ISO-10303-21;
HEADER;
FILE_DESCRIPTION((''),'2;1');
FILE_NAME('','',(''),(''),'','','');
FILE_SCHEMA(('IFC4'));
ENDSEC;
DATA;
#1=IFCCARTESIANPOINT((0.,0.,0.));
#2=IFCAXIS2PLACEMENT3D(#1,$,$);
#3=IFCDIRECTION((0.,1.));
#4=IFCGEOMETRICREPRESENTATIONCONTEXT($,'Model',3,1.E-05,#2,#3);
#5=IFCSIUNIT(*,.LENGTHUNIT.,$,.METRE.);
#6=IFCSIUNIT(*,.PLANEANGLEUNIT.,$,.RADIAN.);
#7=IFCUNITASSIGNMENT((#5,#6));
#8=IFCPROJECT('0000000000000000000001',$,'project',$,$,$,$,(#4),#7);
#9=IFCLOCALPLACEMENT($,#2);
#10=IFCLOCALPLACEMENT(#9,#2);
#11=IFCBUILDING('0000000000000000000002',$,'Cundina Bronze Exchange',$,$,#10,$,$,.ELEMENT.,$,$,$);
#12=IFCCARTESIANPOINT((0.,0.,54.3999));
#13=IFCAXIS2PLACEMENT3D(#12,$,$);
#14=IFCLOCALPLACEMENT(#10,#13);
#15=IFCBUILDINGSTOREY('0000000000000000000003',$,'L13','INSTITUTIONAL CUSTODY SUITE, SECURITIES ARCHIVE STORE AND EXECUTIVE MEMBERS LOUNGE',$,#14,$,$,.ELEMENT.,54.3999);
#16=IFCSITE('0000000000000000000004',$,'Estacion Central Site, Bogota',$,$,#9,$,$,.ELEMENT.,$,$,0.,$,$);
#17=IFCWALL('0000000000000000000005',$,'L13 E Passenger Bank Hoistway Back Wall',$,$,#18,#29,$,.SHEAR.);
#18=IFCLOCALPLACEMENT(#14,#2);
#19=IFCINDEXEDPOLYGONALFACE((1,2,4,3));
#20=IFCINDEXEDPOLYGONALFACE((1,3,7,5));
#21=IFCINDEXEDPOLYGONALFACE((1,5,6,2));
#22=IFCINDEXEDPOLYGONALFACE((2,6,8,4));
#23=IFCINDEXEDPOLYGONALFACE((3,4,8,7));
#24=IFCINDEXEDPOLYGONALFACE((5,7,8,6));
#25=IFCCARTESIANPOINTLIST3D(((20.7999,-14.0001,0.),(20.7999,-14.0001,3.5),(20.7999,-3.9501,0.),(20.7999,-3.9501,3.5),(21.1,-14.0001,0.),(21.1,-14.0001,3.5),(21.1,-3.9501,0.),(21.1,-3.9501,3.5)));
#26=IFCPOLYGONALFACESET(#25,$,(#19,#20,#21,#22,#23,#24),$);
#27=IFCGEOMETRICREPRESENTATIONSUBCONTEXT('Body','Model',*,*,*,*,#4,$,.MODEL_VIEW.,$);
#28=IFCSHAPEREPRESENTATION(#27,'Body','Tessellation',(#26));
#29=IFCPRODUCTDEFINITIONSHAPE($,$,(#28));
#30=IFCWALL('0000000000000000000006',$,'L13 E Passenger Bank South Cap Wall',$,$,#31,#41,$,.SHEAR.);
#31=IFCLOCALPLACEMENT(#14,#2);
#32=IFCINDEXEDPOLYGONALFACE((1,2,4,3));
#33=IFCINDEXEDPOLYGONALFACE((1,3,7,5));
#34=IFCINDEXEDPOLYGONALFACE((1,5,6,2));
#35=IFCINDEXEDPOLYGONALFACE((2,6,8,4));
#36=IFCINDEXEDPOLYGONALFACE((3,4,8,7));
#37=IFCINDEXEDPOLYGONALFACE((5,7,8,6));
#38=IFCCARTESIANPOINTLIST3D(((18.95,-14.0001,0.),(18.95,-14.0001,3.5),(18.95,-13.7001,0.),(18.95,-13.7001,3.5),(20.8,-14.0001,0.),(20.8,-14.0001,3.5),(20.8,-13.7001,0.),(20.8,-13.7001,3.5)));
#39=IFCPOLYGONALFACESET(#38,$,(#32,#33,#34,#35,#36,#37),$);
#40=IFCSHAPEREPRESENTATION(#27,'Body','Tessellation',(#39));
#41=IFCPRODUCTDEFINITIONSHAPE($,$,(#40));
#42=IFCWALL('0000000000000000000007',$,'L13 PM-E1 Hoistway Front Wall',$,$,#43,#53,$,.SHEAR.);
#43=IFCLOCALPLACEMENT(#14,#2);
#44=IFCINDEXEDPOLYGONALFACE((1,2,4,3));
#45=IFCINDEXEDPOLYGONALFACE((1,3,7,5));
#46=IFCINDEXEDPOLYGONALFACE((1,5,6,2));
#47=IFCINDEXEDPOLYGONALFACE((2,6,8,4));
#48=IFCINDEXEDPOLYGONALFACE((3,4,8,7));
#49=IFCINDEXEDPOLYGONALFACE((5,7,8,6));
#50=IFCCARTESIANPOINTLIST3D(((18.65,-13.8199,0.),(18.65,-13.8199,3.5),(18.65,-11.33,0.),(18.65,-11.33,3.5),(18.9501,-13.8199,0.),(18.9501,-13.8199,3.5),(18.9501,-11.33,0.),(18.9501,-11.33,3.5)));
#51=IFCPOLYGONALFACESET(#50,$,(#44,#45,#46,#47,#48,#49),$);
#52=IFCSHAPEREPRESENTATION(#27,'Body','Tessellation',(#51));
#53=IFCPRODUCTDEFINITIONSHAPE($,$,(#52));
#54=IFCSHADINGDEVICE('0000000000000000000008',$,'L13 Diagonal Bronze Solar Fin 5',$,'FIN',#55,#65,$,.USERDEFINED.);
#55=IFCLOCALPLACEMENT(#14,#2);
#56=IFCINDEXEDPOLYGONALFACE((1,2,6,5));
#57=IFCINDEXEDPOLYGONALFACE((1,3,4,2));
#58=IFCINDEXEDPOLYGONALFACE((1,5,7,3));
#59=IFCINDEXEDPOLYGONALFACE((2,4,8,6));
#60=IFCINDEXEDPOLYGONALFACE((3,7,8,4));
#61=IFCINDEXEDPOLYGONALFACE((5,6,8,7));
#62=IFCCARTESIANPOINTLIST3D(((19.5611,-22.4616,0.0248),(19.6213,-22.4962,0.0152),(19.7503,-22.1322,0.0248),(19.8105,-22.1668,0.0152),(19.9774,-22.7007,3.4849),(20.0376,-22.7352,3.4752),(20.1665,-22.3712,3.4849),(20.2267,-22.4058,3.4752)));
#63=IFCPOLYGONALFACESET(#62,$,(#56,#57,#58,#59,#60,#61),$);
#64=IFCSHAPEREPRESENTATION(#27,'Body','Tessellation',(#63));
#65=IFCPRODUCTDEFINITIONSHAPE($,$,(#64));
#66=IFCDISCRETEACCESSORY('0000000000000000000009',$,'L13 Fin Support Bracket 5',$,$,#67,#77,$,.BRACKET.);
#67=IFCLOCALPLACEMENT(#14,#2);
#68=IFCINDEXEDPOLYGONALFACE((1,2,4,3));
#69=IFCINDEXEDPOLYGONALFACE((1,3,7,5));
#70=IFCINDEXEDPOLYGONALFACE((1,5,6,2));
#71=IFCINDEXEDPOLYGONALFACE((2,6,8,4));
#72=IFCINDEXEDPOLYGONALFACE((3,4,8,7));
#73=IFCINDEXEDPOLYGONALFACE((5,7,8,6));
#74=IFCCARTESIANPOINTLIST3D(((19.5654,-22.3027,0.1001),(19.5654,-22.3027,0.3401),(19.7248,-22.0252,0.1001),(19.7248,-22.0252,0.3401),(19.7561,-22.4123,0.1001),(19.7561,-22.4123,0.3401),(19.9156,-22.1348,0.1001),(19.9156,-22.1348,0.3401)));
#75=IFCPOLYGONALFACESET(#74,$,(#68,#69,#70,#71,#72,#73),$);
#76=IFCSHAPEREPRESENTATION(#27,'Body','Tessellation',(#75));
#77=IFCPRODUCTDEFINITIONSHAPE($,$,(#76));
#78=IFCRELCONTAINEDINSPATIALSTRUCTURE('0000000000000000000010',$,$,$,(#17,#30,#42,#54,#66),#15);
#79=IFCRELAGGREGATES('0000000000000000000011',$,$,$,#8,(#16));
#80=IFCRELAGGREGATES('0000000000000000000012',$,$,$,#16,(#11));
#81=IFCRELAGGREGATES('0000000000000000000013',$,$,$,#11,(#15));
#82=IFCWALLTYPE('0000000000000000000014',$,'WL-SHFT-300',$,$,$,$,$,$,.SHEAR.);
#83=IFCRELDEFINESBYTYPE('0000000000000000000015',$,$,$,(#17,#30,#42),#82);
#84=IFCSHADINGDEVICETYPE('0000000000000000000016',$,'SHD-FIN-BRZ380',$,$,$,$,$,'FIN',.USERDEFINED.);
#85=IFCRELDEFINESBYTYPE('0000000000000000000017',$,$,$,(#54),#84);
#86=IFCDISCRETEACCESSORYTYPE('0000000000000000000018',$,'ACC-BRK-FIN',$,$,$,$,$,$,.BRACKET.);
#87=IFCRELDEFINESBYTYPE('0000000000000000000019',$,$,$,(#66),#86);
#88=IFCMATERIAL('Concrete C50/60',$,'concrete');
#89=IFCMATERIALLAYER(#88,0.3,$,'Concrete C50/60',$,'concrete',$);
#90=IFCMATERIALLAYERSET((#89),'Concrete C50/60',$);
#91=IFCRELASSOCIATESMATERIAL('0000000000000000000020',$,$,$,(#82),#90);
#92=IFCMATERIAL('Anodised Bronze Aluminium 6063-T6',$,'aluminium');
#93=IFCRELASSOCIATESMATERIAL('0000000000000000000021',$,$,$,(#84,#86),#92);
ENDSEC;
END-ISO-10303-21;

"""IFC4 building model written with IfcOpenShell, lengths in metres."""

from ifc_helpers import new_model, si_unit, direction, frame, frame_2d, origin, origin_2d, place, context, subcontext, project, spatial, rectangle, extrude, material, layer, layer_set, material_profile, profile_set, type_object, element, save


model = new_model("IFC4")

# Units and contexts
model_context = context("Model", 3, precision=1e-05, world=origin(), true_north=direction((0.0, 1.0)))
body_context = subcontext(model_context, "Body", "Model", "MODEL_VIEW")
ifc_project = project(units=[si_unit("LENGTHUNIT", "METRE"), si_unit("PLANEANGLEUNIT", "RADIAN")], contexts=[model_context])

# Site, building, storey
site_placement = place(None, origin())
site = spatial("IfcSite", under=ifc_project, at=site_placement, Name="Estacion Central Site, Bogota", CompositionType="ELEMENT", RefElevation=0.0)
building_placement = place(site_placement, origin())
building = spatial("IfcBuilding", under=site, at=building_placement, Name="Cundina Bronze Exchange", CompositionType="ELEMENT")
storey_placement = place(building_placement, frame((0.0, 0.0, 54.3999)))
storey = spatial("IfcBuildingStorey", under=building, at=storey_placement, Name="L13", Description="INSTITUTIONAL CUSTODY SUITE, SECURITIES ARCHIVE STORE AND EXECUTIVE MEMBERS LOUNGE", CompositionType="ELEMENT", Elevation=54.3999)

# Shared definitions
ifc_material_1 = material(Name="Anodised Bronze Aluminium 6063-T6", Category="aluminium")

# Walls
ifc_material_2 = material(Name="Concrete C50/60", Category="concrete")
ifc_layer_1 = layer(ifc_material_2, 0.3, Name="Concrete C50/60", Category="concrete")
ifc_layer_set_1 = layer_set([ifc_layer_1], Name="Concrete C50/60")
wall_type_1 = type_object("IfcWallType", Name="WL-SHFT-300", PredefinedType="SHEAR", material=ifc_layer_set_1)
wall_1_placement = place(storey_placement, frame((20.95, -14.0, 0.0), z_axis=(0.0, 0.0, 1.0), x_axis=(0.0, 1.0, 0.0)))
element("IfcWall", 1, at=wall_1_placement, inside=storey, type_object=wall_type_1, Name="L13 E Passenger Bank Hoistway Back Wall", PredefinedType="SHEAR", context=body_context, shape_type="SweptSolid", body=[
    extrude(rectangle(XDim=10.05, YDim=0.3, at=frame_2d((5.0249, 0.0))), origin(), (0.0, 0.0, 1.0), 3.5),
])
wall_2_placement = place(storey_placement, frame((18.95, -13.8501, 0.0), z_axis=(0.0, 0.0, 1.0), x_axis=(1.0, 0.0, 0.0)))
element("IfcWall", 2, at=wall_2_placement, inside=storey, type_object=wall_type_1, Name="L13 E Passenger Bank South Cap Wall", PredefinedType="SHEAR", context=body_context, shape_type="SweptSolid", body=[
    extrude(rectangle(XDim=1.8501, YDim=0.3, at=frame_2d((0.925, 0.0))), origin(), (0.0, 0.0, 1.0), 3.5),
])
wall_3_placement = place(storey_placement, frame((18.8, -13.8201, 0.0), z_axis=(0.0, 0.0, 1.0), x_axis=(0.0, 1.0, 0.0)))
element("IfcWall", 3, at=wall_3_placement, inside=storey, type_object=wall_type_1, Name="L13 PM-E1 Hoistway Front Wall", PredefinedType="SHEAR", context=body_context, shape_type="SweptSolid", body=[
    extrude(rectangle(XDim=2.49, YDim=0.3, at=frame_2d((1.2451, 0.0))), origin(), (0.0, 0.0, 1.0), 3.5),
])

# Shading device
ifc_material_profile_1 = material_profile(ifc_material_1, rectangle(XDim=0.0701, YDim=0.3799, at=origin_2d()), Name="FIN70X380", Category="aluminium")
ifc_profile_set_1 = profile_set([ifc_material_profile_1], Name="Anodised Bronze Aluminium 6063-T6")
shading_device_type = type_object("IfcShadingDeviceType", Name="SHD-FIN-BRZ380", ElementType="FIN", PredefinedType="USERDEFINED", material=ifc_profile_set_1)
shading_device_placement = place(storey_placement, frame((19.6858, -22.3142, 0.02), z_axis=(0.119166, -0.068425, 0.990514), x_axis=(-0.858982, 0.493222, 0.137414)))
element("IfcShadingDevice", 4, at=shading_device_placement, inside=storey, type_object=shading_device_type, Name="L13 Diagonal Bronze Solar Fin 5", ObjectType="FIN", PredefinedType="USERDEFINED", context=body_context, shape_type="SweptSolid", body=[
    extrude(rectangle(XDim=0.0701, YDim=0.3799, at=origin_2d()), origin(), (0.0, 0.0, 1.0), 3.4932),
])

# Discrete accessory
discrete_accessory_type = type_object("IfcDiscreteAccessoryType", Name="ACC-BRK-FIN", PredefinedType="BRACKET", material=ifc_material_1)
discrete_accessory_placement = place(storey_placement, frame((19.7405, -22.2188, 0.1001), z_axis=(0.0, 0.0, 1.0), x_axis=(0.867105, -0.498125, 0.0)))
element("IfcDiscreteAccessory", 5, at=discrete_accessory_placement, inside=storey, type_object=discrete_accessory_type, Name="L13 Fin Support Bracket 5", PredefinedType="BRACKET", context=body_context, shape_type="SweptSolid", body=[
    extrude(rectangle(XDim=0.22, YDim=0.3201, at=origin_2d()), origin(), (0.0, 0.0, 1.0), 0.24),
])

save(model, "model.ifc")
